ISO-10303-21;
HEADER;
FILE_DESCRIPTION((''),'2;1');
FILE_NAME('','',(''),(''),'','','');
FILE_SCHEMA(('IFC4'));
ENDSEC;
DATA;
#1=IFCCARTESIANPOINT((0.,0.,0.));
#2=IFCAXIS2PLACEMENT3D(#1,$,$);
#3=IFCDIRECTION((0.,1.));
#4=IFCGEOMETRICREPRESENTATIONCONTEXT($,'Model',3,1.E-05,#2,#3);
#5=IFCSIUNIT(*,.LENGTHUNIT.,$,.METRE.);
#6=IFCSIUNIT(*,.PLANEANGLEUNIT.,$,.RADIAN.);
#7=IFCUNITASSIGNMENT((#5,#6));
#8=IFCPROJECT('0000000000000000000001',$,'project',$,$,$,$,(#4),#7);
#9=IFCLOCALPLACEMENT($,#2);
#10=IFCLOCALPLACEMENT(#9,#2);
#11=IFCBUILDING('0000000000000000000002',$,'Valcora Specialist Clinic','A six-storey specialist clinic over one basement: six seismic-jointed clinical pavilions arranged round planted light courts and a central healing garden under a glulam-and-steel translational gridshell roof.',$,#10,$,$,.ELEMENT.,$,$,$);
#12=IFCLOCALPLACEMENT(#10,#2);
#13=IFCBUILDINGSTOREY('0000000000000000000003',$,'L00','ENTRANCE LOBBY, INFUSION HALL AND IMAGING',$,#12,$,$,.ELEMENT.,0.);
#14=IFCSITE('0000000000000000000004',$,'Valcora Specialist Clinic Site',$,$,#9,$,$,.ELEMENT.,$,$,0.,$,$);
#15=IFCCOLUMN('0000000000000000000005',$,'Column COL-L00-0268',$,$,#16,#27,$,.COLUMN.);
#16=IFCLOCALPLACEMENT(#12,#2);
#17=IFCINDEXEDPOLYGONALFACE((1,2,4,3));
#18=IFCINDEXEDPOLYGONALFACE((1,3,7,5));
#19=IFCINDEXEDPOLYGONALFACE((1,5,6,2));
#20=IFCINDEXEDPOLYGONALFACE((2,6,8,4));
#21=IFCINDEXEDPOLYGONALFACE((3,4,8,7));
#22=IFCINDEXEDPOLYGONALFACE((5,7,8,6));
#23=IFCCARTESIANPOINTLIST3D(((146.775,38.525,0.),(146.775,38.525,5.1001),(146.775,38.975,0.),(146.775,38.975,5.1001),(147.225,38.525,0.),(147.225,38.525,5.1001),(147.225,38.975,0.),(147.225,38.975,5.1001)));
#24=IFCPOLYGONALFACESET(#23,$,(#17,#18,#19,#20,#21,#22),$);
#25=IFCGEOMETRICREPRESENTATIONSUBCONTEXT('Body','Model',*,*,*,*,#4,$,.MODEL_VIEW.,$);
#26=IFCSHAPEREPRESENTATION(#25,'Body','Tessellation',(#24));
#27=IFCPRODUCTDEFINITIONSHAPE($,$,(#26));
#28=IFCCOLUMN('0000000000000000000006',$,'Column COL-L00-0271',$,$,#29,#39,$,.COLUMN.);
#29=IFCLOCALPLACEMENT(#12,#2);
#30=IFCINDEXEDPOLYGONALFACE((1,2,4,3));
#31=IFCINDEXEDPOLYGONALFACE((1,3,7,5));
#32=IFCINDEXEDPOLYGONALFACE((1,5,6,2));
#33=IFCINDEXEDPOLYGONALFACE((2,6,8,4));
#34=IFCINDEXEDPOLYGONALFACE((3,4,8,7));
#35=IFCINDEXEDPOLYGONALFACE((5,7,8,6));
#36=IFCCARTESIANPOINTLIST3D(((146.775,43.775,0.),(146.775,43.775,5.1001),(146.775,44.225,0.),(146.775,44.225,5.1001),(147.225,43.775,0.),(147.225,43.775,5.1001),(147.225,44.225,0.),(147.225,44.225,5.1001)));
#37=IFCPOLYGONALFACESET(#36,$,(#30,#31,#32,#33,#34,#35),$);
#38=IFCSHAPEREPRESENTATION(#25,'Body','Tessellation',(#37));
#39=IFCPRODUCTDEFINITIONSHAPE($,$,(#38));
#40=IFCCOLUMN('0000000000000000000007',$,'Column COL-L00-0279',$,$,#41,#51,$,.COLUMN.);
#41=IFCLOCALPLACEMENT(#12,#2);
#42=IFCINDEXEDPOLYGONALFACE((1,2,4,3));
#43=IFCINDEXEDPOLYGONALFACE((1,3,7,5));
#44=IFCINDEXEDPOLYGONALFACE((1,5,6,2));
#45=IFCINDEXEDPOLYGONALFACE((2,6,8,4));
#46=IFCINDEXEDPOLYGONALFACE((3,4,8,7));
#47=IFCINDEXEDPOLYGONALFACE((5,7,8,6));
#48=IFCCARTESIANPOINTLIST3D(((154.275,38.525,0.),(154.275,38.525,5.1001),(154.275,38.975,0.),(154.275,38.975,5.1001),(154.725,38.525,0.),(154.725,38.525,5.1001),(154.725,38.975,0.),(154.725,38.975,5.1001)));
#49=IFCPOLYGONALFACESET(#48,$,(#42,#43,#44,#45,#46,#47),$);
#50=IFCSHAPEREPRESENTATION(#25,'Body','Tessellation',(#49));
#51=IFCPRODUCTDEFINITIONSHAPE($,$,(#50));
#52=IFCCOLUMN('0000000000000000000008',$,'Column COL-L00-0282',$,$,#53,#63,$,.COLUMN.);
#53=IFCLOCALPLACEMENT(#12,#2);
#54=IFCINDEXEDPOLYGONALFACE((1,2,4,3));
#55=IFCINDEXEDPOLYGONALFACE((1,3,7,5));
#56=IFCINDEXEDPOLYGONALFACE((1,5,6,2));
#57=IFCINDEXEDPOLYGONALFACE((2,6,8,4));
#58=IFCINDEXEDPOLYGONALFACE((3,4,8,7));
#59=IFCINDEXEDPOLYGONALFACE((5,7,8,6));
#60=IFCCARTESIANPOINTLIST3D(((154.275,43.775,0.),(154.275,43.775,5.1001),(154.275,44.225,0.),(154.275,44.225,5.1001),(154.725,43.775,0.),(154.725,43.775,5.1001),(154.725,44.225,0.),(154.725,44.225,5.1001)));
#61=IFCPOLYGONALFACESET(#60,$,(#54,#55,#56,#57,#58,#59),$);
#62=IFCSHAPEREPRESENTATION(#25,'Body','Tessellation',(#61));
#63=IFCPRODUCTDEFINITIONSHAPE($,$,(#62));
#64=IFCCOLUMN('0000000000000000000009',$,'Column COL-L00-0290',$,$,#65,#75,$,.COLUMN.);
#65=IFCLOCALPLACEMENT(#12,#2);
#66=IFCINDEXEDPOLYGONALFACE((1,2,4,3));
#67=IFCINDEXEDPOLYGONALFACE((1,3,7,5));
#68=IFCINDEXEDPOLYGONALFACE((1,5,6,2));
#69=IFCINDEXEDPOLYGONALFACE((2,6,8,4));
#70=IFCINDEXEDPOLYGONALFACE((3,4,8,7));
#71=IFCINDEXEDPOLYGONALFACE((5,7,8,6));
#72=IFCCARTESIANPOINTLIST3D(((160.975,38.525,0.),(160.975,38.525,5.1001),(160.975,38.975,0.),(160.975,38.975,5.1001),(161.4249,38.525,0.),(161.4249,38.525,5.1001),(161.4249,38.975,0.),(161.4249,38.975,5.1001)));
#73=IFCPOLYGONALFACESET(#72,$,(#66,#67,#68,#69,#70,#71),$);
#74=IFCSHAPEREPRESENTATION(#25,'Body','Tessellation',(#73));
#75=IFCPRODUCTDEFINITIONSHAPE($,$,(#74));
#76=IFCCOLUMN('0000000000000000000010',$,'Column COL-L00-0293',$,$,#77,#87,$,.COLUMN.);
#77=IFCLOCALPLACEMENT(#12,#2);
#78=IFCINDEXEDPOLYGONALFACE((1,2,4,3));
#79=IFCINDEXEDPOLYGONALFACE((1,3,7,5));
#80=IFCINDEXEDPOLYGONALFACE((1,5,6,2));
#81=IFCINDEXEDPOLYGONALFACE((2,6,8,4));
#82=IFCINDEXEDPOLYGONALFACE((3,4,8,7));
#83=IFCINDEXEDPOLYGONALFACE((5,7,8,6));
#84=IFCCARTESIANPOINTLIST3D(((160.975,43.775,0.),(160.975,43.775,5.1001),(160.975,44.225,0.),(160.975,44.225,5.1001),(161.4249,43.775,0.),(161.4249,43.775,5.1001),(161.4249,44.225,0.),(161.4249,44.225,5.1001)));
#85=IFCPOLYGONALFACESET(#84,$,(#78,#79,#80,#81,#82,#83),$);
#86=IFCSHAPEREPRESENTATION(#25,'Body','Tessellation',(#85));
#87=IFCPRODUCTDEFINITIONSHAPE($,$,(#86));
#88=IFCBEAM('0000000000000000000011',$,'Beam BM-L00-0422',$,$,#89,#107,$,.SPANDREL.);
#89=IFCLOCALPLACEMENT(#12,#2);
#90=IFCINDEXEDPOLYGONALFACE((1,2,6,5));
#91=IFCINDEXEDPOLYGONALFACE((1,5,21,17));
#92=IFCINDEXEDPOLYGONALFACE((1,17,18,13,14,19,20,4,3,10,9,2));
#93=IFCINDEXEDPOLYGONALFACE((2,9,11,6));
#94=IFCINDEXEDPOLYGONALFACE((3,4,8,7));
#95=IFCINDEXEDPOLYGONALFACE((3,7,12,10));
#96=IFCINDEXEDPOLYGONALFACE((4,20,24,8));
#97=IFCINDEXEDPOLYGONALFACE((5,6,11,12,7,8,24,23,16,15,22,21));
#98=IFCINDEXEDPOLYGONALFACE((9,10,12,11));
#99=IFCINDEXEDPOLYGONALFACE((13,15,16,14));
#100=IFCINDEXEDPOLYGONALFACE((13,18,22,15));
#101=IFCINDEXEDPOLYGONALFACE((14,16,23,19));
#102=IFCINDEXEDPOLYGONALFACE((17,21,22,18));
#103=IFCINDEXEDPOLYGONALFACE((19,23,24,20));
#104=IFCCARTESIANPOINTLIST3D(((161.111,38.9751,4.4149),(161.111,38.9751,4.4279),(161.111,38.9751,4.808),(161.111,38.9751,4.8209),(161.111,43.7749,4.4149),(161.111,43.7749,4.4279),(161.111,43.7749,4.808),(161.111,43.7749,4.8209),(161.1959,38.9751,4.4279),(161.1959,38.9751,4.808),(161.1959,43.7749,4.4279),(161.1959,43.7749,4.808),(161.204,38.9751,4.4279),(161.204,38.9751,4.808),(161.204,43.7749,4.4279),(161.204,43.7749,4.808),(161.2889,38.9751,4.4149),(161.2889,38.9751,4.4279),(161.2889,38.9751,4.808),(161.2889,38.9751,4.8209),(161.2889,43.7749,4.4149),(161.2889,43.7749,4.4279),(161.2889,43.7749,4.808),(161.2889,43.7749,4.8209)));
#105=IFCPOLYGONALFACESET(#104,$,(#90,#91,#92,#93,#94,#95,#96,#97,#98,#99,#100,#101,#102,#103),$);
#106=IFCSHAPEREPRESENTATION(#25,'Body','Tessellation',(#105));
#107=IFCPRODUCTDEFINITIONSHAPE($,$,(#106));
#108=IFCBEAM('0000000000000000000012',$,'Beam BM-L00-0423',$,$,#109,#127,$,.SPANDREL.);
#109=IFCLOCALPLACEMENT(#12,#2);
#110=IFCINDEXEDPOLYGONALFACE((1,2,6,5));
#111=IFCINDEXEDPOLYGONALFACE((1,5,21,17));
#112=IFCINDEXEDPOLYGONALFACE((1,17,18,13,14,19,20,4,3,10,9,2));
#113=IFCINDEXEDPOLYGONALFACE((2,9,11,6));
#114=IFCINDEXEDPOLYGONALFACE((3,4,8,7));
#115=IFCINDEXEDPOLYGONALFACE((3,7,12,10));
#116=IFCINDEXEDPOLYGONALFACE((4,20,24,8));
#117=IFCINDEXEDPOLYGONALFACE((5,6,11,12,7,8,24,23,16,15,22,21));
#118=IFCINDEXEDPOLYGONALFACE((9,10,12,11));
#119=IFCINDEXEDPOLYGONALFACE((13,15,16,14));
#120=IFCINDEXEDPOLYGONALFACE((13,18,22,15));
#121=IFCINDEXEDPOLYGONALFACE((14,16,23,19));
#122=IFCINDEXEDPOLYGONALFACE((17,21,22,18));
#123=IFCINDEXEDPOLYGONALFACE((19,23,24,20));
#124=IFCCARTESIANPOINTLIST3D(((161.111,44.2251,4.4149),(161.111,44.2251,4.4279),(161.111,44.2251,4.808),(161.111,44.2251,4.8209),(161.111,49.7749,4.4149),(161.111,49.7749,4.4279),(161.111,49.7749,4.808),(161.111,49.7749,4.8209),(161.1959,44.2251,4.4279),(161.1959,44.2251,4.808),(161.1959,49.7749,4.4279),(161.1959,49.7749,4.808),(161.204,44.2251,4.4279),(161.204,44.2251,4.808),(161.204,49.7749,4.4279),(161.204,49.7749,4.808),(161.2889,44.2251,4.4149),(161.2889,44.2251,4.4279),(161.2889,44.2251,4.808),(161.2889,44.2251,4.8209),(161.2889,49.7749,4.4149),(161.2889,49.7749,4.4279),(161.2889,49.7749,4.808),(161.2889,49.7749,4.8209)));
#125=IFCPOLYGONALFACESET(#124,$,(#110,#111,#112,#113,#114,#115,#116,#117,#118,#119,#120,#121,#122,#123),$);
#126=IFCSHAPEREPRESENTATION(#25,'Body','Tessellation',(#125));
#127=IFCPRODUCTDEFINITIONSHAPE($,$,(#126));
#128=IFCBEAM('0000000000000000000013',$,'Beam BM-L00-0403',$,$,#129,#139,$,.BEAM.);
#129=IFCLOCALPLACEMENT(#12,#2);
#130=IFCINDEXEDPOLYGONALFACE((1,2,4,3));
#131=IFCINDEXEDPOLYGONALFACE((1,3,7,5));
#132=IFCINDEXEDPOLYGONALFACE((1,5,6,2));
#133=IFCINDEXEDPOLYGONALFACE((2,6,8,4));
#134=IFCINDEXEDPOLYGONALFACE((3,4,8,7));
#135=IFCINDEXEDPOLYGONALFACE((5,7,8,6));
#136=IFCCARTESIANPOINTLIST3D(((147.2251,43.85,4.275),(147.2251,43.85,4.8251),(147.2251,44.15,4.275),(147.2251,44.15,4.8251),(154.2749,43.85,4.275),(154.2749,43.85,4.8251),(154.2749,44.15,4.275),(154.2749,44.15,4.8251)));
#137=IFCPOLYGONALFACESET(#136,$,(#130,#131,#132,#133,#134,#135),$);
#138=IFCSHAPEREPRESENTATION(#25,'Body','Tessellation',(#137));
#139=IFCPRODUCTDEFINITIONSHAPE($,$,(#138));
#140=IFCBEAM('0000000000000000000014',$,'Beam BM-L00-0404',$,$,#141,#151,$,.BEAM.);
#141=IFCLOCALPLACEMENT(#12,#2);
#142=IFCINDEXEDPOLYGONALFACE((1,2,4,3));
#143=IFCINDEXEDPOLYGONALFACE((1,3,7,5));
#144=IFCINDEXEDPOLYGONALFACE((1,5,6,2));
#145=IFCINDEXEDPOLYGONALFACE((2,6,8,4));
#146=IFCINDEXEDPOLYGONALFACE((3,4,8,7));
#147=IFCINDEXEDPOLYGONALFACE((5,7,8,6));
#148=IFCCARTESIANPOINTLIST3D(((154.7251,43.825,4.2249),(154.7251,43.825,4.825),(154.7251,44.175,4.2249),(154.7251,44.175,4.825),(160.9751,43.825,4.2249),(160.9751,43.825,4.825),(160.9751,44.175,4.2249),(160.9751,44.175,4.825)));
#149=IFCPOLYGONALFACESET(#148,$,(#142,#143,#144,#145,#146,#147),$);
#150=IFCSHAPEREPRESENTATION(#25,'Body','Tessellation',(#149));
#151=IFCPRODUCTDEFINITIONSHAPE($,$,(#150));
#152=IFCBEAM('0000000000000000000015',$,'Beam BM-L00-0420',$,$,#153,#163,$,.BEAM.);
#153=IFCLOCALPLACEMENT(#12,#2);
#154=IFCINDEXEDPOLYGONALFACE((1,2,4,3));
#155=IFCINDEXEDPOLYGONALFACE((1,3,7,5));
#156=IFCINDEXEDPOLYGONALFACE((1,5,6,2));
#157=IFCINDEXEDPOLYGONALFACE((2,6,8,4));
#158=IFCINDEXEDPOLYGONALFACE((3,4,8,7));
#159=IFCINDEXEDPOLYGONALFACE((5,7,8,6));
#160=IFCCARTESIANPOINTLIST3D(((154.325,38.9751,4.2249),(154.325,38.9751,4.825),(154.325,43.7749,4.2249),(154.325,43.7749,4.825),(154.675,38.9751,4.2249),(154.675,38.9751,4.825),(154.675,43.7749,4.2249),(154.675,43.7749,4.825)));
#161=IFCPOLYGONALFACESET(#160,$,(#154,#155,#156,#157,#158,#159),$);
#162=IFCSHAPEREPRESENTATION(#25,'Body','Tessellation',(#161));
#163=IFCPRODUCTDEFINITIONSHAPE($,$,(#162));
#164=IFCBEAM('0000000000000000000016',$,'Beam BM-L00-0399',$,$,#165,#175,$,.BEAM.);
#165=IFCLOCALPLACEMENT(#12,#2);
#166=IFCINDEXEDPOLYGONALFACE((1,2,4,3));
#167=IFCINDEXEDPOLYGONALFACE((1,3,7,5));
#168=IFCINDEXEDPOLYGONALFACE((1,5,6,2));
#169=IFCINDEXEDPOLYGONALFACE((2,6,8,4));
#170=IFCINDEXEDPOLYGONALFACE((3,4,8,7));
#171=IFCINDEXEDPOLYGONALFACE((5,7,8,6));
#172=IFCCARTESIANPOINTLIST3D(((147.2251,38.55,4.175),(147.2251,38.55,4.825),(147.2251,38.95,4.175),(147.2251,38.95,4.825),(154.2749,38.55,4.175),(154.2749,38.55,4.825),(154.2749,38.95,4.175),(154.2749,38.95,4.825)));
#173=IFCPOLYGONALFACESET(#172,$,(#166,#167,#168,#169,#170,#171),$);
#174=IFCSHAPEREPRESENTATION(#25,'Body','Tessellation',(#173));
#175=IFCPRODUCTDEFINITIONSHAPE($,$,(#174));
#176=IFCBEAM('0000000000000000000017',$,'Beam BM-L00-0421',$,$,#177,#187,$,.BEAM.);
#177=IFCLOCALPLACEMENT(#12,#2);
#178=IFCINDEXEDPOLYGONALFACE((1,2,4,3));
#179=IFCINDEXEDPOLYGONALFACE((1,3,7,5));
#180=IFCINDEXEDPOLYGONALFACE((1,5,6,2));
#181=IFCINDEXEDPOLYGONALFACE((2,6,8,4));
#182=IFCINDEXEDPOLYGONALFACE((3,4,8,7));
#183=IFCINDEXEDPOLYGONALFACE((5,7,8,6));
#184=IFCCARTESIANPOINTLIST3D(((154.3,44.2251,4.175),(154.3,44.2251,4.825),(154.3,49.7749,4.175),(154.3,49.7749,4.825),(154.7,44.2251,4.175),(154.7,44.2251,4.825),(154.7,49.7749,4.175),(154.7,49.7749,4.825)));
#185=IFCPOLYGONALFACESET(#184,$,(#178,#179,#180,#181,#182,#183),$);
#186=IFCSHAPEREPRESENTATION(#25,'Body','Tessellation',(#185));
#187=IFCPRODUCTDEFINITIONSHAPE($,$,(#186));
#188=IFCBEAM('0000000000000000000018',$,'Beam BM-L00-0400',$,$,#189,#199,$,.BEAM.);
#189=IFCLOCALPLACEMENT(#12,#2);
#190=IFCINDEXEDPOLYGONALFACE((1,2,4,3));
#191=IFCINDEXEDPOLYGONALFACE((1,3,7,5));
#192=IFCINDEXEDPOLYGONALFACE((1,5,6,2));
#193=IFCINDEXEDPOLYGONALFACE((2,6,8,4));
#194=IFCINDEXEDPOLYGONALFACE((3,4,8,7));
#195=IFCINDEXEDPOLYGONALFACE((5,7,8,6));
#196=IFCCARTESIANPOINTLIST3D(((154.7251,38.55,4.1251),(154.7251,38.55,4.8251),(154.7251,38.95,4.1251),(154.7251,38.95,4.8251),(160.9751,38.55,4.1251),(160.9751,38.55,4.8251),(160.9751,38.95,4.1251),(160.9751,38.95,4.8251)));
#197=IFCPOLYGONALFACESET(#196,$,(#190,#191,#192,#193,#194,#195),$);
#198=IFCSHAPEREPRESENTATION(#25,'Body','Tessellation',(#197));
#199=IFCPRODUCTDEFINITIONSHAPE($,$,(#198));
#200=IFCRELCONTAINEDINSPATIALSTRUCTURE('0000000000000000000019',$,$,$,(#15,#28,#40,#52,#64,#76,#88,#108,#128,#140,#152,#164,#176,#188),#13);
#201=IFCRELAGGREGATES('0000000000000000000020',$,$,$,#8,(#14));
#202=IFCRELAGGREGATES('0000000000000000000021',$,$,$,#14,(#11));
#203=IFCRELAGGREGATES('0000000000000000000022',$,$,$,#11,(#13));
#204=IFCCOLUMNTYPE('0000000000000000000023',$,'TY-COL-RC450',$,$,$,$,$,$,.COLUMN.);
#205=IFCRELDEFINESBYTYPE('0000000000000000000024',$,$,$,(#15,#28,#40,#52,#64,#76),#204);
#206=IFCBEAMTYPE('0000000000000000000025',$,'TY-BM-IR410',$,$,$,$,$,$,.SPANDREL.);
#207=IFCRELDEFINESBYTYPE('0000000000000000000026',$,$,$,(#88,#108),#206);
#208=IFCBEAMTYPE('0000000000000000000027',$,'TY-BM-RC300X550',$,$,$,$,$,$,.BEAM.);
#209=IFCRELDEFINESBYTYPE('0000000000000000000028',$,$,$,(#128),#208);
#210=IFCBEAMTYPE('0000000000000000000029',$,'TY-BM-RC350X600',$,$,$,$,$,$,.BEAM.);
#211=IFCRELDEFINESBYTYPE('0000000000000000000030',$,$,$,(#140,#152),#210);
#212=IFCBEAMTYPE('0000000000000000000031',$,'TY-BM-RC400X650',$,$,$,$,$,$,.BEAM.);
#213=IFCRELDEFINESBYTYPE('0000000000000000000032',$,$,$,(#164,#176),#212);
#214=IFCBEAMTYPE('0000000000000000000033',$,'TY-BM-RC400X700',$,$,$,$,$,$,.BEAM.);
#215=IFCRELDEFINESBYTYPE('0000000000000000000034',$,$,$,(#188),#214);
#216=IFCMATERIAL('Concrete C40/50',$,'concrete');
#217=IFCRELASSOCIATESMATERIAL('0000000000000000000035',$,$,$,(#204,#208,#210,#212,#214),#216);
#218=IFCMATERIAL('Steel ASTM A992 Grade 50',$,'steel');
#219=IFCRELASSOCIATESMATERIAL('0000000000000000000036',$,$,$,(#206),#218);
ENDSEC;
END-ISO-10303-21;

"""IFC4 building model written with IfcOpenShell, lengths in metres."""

from ifc_helpers import new_model, si_unit, direction, frame, origin, origin_2d, place, context, subcontext, project, spatial, rectangle, i_section, extrude, material, material_profile, profile_set, type_object, element, save


model = new_model("IFC4")

# Units and contexts
model_context = context("Model", 3, precision=1e-05, world=origin(), true_north=direction((0.0, 1.0)))
body_context = subcontext(model_context, "Body", "Model", "MODEL_VIEW")
ifc_project = project(units=[si_unit("LENGTHUNIT", "METRE"), si_unit("PLANEANGLEUNIT", "RADIAN")], contexts=[model_context])

# Site, building, storey
site_placement = place(None, origin())
site = spatial("IfcSite", under=ifc_project, at=site_placement, Name="Valcora Specialist Clinic Site", CompositionType="ELEMENT", RefElevation=0.0)
building_placement = place(site_placement, origin())
building = spatial("IfcBuilding", under=site, at=building_placement, Name="Valcora Specialist Clinic", Description="A six-storey specialist clinic over one basement: six seismic-jointed clinical pavilions arranged round planted light courts and a central healing garden under a glulam-and-steel translational gridshell roof.", CompositionType="ELEMENT")
storey_placement = place(building_placement, origin())
storey = spatial("IfcBuildingStorey", under=building, at=storey_placement, Name="L00", Description="ENTRANCE LOBBY, INFUSION HALL AND IMAGING", CompositionType="ELEMENT", Elevation=0.0)

# Columns
ifc_material_1 = material(Name="Concrete C40/50", Category="concrete")
ifc_material_profile_1 = material_profile(ifc_material_1, rectangle(XDim=0.45, YDim=0.45, at=origin_2d()), Name="RC-COL-450X450")
ifc_profile_set_1 = profile_set([ifc_material_profile_1], Name="Concrete C40/50")
column_type = type_object("IfcColumnType", Name="TY-COL-RC450", PredefinedType="COLUMN", material=ifc_profile_set_1)
for number, where, z_axis, x_axis, name in (
    (1, (147.0, 38.75, 0.0), (0.0, 0.0, 1.0), (1.0, 0.0, 0.0), "Column COL-L00-0268"),
    (2, (147.0, 44.0, 0.0), (0.0, 0.0, 1.0), (1.0, 0.0, 0.0), "Column COL-L00-0271"),
    (3, (154.5, 38.75, 0.0), (0.0, 0.0, 1.0), (1.0, 0.0, 0.0), "Column COL-L00-0279"),
    (4, (154.5, 44.0, 0.0), (0.0, 0.0, 1.0), (1.0, 0.0, 0.0), "Column COL-L00-0282"),
    (5, (161.2, 38.75, 0.0), (0.0, 0.0, 1.0), (1.0, 0.0, 0.0), "Column COL-L00-0290"),
    (6, (161.2, 44.0, 0.0), (0.0, 0.0, 1.0), (1.0, 0.0, 0.0), "Column COL-L00-0293"),
):
    element("IfcColumn", number, at=place(storey_placement, frame(where, z_axis=z_axis, x_axis=x_axis)), inside=storey, type_object=column_type, Name=name, PredefinedType="COLUMN", context=body_context, shape_type="SweptSolid", body=[
        extrude(rectangle(XDim=0.45, YDim=0.45, at=origin_2d()), origin(), (0.0, 0.0, 1.0), 5.1001),
    ])

# Beams
ifc_material_2 = material(Name="Steel ASTM A992 Grade 50", Category="steel")
ifc_material_profile_2 = material_profile(ifc_material_2, i_section(OverallWidth=0.178, OverallDepth=0.406, WebThickness=0.0081, FlangeThickness=0.0129, at=origin_2d()), Name="ST-IR-410X180")
ifc_profile_set_2 = profile_set([ifc_material_profile_2], Name="Steel ASTM A992 Grade 50")
beam_type_1 = type_object("IfcBeamType", Name="TY-BM-IR410", PredefinedType="SPANDREL", material=ifc_profile_set_2)
beam_1_placement = place(storey_placement, frame((161.2, 38.9751, 4.6179), z_axis=(0.0, 1.0, 0.0), x_axis=(-1.0, 0.0, 0.0)))
element("IfcBeam", 7, at=beam_1_placement, inside=storey, type_object=beam_type_1, Name="Beam BM-L00-0422", PredefinedType="SPANDREL", context=body_context, shape_type="SweptSolid", body=[
    extrude(i_section(OverallWidth=0.178, OverallDepth=0.406, WebThickness=0.0081, FlangeThickness=0.0129, at=origin_2d()), origin(), (0.0, 0.0, 1.0), 4.7998),
])
beam_2_placement = place(storey_placement, frame((161.2, 44.2251, 4.6179), z_axis=(0.0, 1.0, 0.0), x_axis=(-1.0, 0.0, 0.0)))
element("IfcBeam", 8, at=beam_2_placement, inside=storey, type_object=beam_type_1, Name="Beam BM-L00-0423", PredefinedType="SPANDREL", context=body_context, shape_type="SweptSolid", body=[
    extrude(i_section(OverallWidth=0.178, OverallDepth=0.406, WebThickness=0.0081, FlangeThickness=0.0129, at=origin_2d()), origin(), (0.0, 0.0, 1.0), 5.5498),
])
ifc_material_profile_3 = material_profile(ifc_material_1, rectangle(XDim=0.3, YDim=0.55, at=origin_2d()), Name="RC-BM-300X550")
ifc_profile_set_3 = profile_set([ifc_material_profile_3], Name="Concrete C40/50")
beam_type_2 = type_object("IfcBeamType", Name="TY-BM-RC300X550", PredefinedType="BEAM", material=ifc_profile_set_3)
beam_3_placement = place(storey_placement, frame((147.2251, 44.0, 4.55), z_axis=(1.0, 0.0, 0.0), x_axis=(0.0, 1.0, 0.0)))
element("IfcBeam", 9, at=beam_3_placement, inside=storey, type_object=beam_type_2, Name="Beam BM-L00-0403", PredefinedType="BEAM", context=body_context, shape_type="SweptSolid", body=[
    extrude(rectangle(XDim=0.3, YDim=0.55, at=origin_2d()), origin(), (0.0, 0.0, 1.0), 7.0498),
])
ifc_material_profile_4 = material_profile(ifc_material_1, rectangle(XDim=0.3501, YDim=0.6001, at=origin_2d()), Name="RC-BM-350X600")
ifc_profile_set_4 = profile_set([ifc_material_profile_4], Name="Concrete C40/50")
beam_type_3 = type_object("IfcBeamType", Name="TY-BM-RC350X600", PredefinedType="BEAM", material=ifc_profile_set_4)
beam_4_placement = place(storey_placement, frame((154.7251, 44.0, 4.5249), z_axis=(1.0, 0.0, 0.0), x_axis=(0.0, 1.0, 0.0)))
element("IfcBeam", 10, at=beam_4_placement, inside=storey, type_object=beam_type_3, Name="Beam BM-L00-0404", PredefinedType="BEAM", context=body_context, shape_type="SweptSolid", body=[
    extrude(rectangle(XDim=0.3501, YDim=0.6001, at=origin_2d()), origin(), (0.0, 0.0, 1.0), 6.25),
])
beam_5_placement = place(storey_placement, frame((154.5, 38.9751, 4.5249), z_axis=(0.0, 1.0, 0.0), x_axis=(-1.0, 0.0, 0.0)))
element("IfcBeam", 11, at=beam_5_placement, inside=storey, type_object=beam_type_3, Name="Beam BM-L00-0420", PredefinedType="BEAM", context=body_context, shape_type="SweptSolid", body=[
    extrude(rectangle(XDim=0.3501, YDim=0.6001, at=origin_2d()), origin(), (0.0, 0.0, 1.0), 4.7998),
])
ifc_material_profile_5 = material_profile(ifc_material_1, rectangle(XDim=0.3999, YDim=0.6499, at=origin_2d()), Name="RC-BM-400X650")
ifc_profile_set_5 = profile_set([ifc_material_profile_5], Name="Concrete C40/50")
beam_type_4 = type_object("IfcBeamType", Name="TY-BM-RC400X650", PredefinedType="BEAM", material=ifc_profile_set_5)
beam_6_placement = place(storey_placement, frame((147.2251, 38.75, 4.5), z_axis=(1.0, 0.0, 0.0), x_axis=(0.0, 1.0, 0.0)))
element("IfcBeam", 12, at=beam_6_placement, inside=storey, type_object=beam_type_4, Name="Beam BM-L00-0399", PredefinedType="BEAM", context=body_context, shape_type="SweptSolid", body=[
    extrude(rectangle(XDim=0.3999, YDim=0.6499, at=origin_2d()), origin(), (0.0, 0.0, 1.0), 7.0498),
])
beam_7_placement = place(storey_placement, frame((154.5, 44.2251, 4.5), z_axis=(0.0, 1.0, 0.0), x_axis=(-1.0, 0.0, 0.0)))
element("IfcBeam", 13, at=beam_7_placement, inside=storey, type_object=beam_type_4, Name="Beam BM-L00-0421", PredefinedType="BEAM", context=body_context, shape_type="SweptSolid", body=[
    extrude(rectangle(XDim=0.3999, YDim=0.6499, at=origin_2d()), origin(), (0.0, 0.0, 1.0), 5.5498),
])
ifc_material_profile_6 = material_profile(ifc_material_1, rectangle(XDim=0.3999, YDim=0.7, at=origin_2d()), Name="RC-BM-400X700")
ifc_profile_set_6 = profile_set([ifc_material_profile_6], Name="Concrete C40/50")
beam_type_5 = type_object("IfcBeamType", Name="TY-BM-RC400X700", PredefinedType="BEAM", material=ifc_profile_set_6)
beam_8_placement = place(storey_placement, frame((154.7251, 38.75, 4.4751), z_axis=(1.0, 0.0, 0.0), x_axis=(0.0, 1.0, 0.0)))
element("IfcBeam", 14, at=beam_8_placement, inside=storey, type_object=beam_type_5, Name="Beam BM-L00-0400", PredefinedType="BEAM", context=body_context, shape_type="SweptSolid", body=[
    extrude(rectangle(XDim=0.3999, YDim=0.7, at=origin_2d()), origin(), (0.0, 0.0, 1.0), 6.25),
])

save(model, "model.ifc")
